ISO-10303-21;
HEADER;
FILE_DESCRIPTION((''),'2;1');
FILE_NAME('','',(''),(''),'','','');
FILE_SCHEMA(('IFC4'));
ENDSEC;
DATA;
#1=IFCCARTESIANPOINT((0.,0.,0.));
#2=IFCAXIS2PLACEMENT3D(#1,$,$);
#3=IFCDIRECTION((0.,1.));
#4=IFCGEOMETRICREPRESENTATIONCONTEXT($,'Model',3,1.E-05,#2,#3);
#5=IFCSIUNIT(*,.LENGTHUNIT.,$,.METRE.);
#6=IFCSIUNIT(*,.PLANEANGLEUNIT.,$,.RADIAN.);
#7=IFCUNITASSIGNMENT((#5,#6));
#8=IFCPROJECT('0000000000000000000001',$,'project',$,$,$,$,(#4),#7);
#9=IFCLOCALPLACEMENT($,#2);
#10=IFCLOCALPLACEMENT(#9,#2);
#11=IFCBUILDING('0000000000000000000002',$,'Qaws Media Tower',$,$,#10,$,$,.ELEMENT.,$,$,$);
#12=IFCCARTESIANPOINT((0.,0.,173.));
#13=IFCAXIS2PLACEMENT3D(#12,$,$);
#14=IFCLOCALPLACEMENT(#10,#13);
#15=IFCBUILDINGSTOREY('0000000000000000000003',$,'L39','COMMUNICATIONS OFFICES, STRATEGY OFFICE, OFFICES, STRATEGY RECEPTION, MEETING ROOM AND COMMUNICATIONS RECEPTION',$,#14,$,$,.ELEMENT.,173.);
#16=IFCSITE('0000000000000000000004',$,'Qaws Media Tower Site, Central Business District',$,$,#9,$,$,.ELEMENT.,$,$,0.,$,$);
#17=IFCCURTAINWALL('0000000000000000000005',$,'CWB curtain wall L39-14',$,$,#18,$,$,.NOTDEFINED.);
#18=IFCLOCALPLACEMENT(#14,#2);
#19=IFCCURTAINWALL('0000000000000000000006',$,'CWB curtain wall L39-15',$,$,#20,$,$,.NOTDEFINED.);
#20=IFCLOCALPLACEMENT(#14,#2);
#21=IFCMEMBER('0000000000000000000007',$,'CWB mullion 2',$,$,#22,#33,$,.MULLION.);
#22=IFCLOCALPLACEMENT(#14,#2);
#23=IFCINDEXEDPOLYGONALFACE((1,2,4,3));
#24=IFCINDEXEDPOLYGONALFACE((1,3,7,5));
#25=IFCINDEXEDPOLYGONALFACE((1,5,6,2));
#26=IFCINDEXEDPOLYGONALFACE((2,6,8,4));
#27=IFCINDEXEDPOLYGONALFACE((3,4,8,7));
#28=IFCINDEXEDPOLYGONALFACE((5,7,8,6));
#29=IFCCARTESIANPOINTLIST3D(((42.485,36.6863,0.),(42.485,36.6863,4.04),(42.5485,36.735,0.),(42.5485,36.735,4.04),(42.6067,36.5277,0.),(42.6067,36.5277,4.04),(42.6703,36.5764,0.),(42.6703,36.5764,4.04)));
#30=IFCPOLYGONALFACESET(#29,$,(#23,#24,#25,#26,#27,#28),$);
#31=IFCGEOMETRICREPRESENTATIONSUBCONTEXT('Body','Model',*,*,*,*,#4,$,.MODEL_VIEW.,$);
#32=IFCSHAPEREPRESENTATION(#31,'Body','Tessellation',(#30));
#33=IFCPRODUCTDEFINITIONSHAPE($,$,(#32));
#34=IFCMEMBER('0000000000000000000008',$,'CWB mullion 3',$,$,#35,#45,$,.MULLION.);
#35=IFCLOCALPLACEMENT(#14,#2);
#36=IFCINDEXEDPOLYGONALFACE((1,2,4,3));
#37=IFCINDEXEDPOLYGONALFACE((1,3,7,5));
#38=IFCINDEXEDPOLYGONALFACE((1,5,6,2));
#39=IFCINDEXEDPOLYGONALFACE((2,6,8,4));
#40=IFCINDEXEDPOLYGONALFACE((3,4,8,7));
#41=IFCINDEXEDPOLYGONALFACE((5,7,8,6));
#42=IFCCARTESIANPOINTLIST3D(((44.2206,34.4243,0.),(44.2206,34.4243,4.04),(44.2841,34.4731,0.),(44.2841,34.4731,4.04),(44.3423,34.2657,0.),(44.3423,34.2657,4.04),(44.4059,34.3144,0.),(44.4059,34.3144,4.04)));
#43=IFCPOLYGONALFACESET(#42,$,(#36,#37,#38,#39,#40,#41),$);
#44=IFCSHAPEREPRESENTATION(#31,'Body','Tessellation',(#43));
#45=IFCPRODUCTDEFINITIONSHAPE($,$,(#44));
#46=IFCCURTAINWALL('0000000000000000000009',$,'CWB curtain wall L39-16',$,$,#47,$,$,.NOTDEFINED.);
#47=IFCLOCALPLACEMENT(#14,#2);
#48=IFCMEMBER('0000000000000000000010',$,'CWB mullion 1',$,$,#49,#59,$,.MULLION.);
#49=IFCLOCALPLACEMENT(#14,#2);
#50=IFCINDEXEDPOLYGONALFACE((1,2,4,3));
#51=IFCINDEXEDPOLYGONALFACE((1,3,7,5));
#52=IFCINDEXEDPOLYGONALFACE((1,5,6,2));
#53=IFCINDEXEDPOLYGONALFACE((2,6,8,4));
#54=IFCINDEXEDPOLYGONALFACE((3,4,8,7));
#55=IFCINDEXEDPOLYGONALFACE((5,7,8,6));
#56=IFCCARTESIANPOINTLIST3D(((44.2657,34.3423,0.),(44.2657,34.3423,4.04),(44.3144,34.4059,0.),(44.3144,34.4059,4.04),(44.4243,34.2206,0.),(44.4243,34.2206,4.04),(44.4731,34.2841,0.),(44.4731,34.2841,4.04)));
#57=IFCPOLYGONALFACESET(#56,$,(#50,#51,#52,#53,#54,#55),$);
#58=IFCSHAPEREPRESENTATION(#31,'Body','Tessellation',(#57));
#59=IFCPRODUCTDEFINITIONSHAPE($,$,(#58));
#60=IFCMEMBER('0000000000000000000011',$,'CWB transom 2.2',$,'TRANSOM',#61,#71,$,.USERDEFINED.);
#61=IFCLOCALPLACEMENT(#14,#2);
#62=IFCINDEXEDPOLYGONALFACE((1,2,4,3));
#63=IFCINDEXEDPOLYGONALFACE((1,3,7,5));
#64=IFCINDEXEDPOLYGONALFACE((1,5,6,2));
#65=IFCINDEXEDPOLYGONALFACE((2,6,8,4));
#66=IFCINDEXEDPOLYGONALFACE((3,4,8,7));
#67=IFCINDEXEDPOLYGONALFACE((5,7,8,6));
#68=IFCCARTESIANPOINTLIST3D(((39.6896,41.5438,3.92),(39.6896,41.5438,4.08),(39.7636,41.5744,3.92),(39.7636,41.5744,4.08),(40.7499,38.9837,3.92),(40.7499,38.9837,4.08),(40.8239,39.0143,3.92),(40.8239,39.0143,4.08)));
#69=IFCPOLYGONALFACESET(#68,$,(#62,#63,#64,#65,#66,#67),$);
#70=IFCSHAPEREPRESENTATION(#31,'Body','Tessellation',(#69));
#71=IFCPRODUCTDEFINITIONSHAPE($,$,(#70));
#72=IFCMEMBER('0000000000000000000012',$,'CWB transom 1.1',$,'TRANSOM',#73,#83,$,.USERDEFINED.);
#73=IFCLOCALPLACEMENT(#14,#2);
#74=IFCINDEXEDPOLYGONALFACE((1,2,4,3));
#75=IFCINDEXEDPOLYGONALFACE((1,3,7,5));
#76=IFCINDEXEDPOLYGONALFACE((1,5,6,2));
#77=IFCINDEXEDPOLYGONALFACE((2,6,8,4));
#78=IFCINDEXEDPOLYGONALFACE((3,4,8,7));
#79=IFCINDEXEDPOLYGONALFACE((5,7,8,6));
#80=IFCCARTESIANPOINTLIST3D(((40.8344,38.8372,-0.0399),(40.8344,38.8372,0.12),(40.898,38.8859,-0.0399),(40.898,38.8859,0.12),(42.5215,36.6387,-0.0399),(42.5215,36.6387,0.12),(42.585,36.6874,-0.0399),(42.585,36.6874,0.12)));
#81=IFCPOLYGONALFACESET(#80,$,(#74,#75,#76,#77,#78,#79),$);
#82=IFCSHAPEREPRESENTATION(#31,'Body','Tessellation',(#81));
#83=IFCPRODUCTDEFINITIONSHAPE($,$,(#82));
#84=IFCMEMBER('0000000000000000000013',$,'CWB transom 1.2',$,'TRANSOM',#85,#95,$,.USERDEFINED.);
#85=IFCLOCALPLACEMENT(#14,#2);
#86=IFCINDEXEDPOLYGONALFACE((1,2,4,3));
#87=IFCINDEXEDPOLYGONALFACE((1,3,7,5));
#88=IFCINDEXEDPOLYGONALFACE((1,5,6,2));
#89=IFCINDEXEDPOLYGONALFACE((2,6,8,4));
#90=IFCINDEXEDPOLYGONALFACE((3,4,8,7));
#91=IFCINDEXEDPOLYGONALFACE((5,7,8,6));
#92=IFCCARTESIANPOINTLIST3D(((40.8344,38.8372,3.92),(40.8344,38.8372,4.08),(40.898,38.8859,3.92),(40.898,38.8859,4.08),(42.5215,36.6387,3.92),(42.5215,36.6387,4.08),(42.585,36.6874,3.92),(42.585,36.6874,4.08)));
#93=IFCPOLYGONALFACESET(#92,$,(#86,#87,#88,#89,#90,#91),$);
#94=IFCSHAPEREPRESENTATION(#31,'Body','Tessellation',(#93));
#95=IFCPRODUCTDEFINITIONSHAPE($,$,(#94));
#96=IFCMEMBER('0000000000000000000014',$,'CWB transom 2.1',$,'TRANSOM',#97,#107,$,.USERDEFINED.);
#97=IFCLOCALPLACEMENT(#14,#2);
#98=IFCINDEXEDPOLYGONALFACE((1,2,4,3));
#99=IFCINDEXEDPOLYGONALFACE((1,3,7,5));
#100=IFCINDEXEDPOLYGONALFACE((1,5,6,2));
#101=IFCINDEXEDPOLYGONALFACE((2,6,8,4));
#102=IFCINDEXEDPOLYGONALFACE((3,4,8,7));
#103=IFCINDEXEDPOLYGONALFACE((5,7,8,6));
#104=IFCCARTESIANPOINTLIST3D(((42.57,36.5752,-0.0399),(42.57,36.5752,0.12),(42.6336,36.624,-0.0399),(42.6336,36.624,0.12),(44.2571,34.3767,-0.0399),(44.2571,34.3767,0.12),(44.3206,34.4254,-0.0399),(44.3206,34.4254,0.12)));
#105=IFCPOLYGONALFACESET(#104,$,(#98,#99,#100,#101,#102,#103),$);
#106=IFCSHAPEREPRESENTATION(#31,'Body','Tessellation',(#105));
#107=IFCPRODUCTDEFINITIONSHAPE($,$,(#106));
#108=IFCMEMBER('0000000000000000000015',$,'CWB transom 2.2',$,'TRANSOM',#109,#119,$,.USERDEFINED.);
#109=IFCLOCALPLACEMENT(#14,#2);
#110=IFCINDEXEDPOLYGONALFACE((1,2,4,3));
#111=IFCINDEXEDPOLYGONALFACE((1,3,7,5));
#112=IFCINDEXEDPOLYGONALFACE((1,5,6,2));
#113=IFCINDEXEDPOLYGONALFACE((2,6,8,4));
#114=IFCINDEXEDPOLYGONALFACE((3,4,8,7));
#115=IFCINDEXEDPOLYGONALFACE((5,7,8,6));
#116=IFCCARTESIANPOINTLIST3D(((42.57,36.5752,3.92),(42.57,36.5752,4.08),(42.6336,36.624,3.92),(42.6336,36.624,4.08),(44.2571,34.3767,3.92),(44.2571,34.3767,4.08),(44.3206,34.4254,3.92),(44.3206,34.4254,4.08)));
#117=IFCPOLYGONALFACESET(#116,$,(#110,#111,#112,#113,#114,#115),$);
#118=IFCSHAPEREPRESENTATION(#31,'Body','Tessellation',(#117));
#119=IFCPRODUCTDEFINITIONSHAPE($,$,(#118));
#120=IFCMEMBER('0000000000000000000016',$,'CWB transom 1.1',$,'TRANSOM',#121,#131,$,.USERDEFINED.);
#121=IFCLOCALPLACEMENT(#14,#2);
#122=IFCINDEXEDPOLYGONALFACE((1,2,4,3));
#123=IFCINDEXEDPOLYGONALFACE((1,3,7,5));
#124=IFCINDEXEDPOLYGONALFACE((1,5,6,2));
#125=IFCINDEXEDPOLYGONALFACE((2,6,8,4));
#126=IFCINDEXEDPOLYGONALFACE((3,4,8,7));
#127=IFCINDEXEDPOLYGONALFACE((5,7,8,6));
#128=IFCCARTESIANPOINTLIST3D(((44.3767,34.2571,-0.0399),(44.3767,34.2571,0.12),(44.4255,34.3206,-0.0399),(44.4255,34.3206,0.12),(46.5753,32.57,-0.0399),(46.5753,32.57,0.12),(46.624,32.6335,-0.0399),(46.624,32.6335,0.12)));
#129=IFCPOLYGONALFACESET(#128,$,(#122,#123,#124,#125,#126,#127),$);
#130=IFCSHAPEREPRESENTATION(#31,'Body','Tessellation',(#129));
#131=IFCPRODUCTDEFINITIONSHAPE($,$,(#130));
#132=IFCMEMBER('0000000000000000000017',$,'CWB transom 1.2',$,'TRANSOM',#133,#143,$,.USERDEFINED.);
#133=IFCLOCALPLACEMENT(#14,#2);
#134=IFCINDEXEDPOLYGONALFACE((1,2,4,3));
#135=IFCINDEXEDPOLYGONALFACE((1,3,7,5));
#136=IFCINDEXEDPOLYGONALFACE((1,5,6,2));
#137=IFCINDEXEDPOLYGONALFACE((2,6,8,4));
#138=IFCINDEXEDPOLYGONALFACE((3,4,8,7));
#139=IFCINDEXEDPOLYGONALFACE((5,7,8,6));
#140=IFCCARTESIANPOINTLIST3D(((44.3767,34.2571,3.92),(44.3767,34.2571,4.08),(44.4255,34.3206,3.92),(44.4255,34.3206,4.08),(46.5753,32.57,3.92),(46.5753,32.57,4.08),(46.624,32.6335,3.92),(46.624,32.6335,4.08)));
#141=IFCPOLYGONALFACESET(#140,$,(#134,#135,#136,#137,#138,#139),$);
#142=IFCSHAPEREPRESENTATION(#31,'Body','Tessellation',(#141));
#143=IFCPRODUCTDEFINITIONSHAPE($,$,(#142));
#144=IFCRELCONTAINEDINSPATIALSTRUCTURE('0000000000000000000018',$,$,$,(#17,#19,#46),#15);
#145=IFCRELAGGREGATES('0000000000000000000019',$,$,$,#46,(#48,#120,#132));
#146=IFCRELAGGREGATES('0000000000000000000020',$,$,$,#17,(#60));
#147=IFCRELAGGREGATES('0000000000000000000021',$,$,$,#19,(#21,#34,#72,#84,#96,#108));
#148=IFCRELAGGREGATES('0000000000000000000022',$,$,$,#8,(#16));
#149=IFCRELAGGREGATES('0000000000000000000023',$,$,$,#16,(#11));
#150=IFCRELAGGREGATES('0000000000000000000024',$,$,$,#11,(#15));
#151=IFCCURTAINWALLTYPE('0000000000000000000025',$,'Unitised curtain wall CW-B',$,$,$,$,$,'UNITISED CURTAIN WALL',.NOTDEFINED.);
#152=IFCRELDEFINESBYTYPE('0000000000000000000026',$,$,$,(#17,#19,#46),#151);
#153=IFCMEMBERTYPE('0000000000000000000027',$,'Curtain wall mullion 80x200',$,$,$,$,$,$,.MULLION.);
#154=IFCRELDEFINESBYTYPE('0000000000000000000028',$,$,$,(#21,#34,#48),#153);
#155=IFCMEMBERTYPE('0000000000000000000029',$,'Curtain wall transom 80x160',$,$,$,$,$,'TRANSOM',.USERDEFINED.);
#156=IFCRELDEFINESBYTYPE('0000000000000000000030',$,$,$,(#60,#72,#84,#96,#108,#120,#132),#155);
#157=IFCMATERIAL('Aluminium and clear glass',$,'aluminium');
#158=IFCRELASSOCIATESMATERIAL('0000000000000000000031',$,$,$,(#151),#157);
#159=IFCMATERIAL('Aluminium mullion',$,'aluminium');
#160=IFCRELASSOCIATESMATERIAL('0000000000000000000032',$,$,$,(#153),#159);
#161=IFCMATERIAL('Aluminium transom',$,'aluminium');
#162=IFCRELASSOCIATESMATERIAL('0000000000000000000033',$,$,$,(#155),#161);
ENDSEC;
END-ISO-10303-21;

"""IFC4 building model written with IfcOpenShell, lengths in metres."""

from ifc_helpers import new_model, si_unit, direction, frame, origin, origin_2d, place, context, subcontext, project, spatial, rectangle, extrude, material, material_profile, profile_set, type_object, element, aggregate, save


model = new_model("IFC4")

# Units and contexts
model_context = context("Model", 3, precision=1e-05, world=origin(), true_north=direction((0.0, 1.0)))
body_context = subcontext(model_context, "Body", "Model", "MODEL_VIEW")
ifc_project = project(units=[si_unit("LENGTHUNIT", "METRE"), si_unit("PLANEANGLEUNIT", "RADIAN")], contexts=[model_context])

# Site, building, storey
site_placement = place(None, origin())
site = spatial("IfcSite", under=ifc_project, at=site_placement, Name="Qaws Media Tower Site, Central Business District", CompositionType="ELEMENT", RefElevation=0.0)
building_placement = place(site_placement, origin())
building = spatial("IfcBuilding", under=site, at=building_placement, Name="Qaws Media Tower", CompositionType="ELEMENT")
storey_placement = place(building_placement, frame((0.0, 0.0, 173.0)))
storey = spatial("IfcBuildingStorey", under=building, at=storey_placement, Name="L39", Description="COMMUNICATIONS OFFICES, STRATEGY OFFICE, OFFICES, STRATEGY RECEPTION, MEETING ROOM AND COMMUNICATIONS RECEPTION", CompositionType="ELEMENT", Elevation=173.0)

# Curtain wall
ifc_material_1 = material(Name="Aluminium and clear glass", Category="aluminium")
curtain_wall_type = type_object("IfcCurtainWallType", Name="Unitised curtain wall CW-B", ElementType="UNITISED CURTAIN WALL", PredefinedType="NOTDEFINED", material=ifc_material_1)
curtain_wall_1_placement = place(storey_placement, origin())
curtain_wall_1 = element("IfcCurtainWall", 1, at=curtain_wall_1_placement, inside=storey, type_object=curtain_wall_type, Name="CWB curtain wall L39-14", PredefinedType="NOTDEFINED")
ifc_material_2 = material(Name="Aluminium mullion", Category="aluminium")
ifc_material_profile_1 = material_profile(ifc_material_2, rectangle(XDim=0.0801, YDim=0.2, at=origin_2d()), Name="80x200")
ifc_profile_set_1 = profile_set([ifc_material_profile_1], Name="Aluminium mullion")
member_type_1 = type_object("IfcMemberType", Name="Curtain wall mullion 80x200", PredefinedType="MULLION", material=ifc_profile_set_1)

# Curtain wall, members
curtain_wall_2_placement = place(storey_placement, origin())
curtain_wall_2 = element("IfcCurtainWall", 2, at=curtain_wall_2_placement, inside=storey, type_object=curtain_wall_type, Name="CWB curtain wall L39-15", PredefinedType="NOTDEFINED")
member_1_placement = place(storey_placement, frame((42.5776, 36.6313, 0.0), z_axis=(0.0, 0.0, 1.0), x_axis=(0.793353, 0.608762, 0.0)))
member_1 = element("IfcMember", 3, at=member_1_placement, type_object=member_type_1, Name="CWB mullion 2", PredefinedType="MULLION", context=body_context, shape_type="SweptSolid", body=[
    extrude(rectangle(XDim=0.0801, YDim=0.2, at=origin_2d()), origin(), (0.0, 0.0, 1.0), 4.04),
])
member_2_placement = place(storey_placement, frame((44.3132, 34.3694, 0.0), z_axis=(0.0, 0.0, 1.0), x_axis=(0.793353, 0.608762, 0.0)))
member_2 = element("IfcMember", 4, at=member_2_placement, type_object=member_type_1, Name="CWB mullion 3", PredefinedType="MULLION", context=body_context, shape_type="SweptSolid", body=[
    extrude(rectangle(XDim=0.0801, YDim=0.2, at=origin_2d()), origin(), (0.0, 0.0, 1.0), 4.04),
])

# Curtain wall, member
curtain_wall_3_placement = place(storey_placement, origin())
curtain_wall_3 = element("IfcCurtainWall", 5, at=curtain_wall_3_placement, inside=storey, type_object=curtain_wall_type, Name="CWB curtain wall L39-16", PredefinedType="NOTDEFINED")
member_3_placement = place(storey_placement, frame((44.3694, 34.3132, 0.0), z_axis=(0.0, 0.0, 1.0), x_axis=(0.608762, 0.793353, 0.0)))
member_3 = element("IfcMember", 6, at=member_3_placement, type_object=member_type_1, Name="CWB mullion 1", PredefinedType="MULLION", context=body_context, shape_type="SweptSolid", body=[
    extrude(rectangle(XDim=0.0801, YDim=0.2, at=origin_2d()), origin(), (0.0, 0.0, 1.0), 4.04),
])

# Members
ifc_material_3 = material(Name="Aluminium transom", Category="aluminium")
ifc_material_profile_2 = material_profile(ifc_material_3, rectangle(XDim=0.0801, YDim=0.1599, at=origin_2d()), Name="80x160")
ifc_profile_set_2 = profile_set([ifc_material_profile_2], Name="Aluminium transom")
member_type_2 = type_object("IfcMemberType", Name="Curtain wall transom 80x160", ElementType="TRANSOM", PredefinedType="USERDEFINED", material=ifc_profile_set_2)
member_4_placement = place(storey_placement, frame((39.7266, 41.5591, 4.0), z_axis=(0.38265, -0.923893, 0.0), x_axis=(0.923893, 0.38265, 0.0)))
member_4 = element("IfcMember", 7, at=member_4_placement, type_object=member_type_2, Name="CWB transom 2.2", ObjectType="TRANSOM", PredefinedType="USERDEFINED", context=body_context, shape_type="SweptSolid", body=[
    extrude(rectangle(XDim=0.0801, YDim=0.1599, at=origin_2d()), origin(), (0.0, 0.0, 1.0), 2.771),
])
member_5_placement = place(storey_placement, frame((40.8662, 38.8616, 0.04), z_axis=(0.608774, -0.793344, 0.0), x_axis=(0.793344, 0.608774, 0.0)))
member_5 = element("IfcMember", 8, at=member_5_placement, type_object=member_type_2, Name="CWB transom 1.1", ObjectType="TRANSOM", PredefinedType="USERDEFINED", context=body_context, shape_type="SweptSolid", body=[
    extrude(rectangle(XDim=0.0801, YDim=0.1599, at=origin_2d()), origin(), (0.0, 0.0, 1.0), 2.7712),
])
member_6_placement = place(storey_placement, frame((40.8662, 38.8616, 4.0), z_axis=(0.608774, -0.793344, 0.0), x_axis=(0.793344, 0.608774, 0.0)))
member_6 = element("IfcMember", 9, at=member_6_placement, type_object=member_type_2, Name="CWB transom 1.2", ObjectType="TRANSOM", PredefinedType="USERDEFINED", context=body_context, shape_type="SweptSolid", body=[
    extrude(rectangle(XDim=0.0801, YDim=0.1599, at=origin_2d()), origin(), (0.0, 0.0, 1.0), 2.7712),
])
member_7_placement = place(storey_placement, frame((42.6018, 36.5996, 0.04), z_axis=(0.608774, -0.793344, 0.0), x_axis=(0.793344, 0.608774, 0.0)))
member_7 = element("IfcMember", 10, at=member_7_placement, type_object=member_type_2, Name="CWB transom 2.1", ObjectType="TRANSOM", PredefinedType="USERDEFINED", context=body_context, shape_type="SweptSolid", body=[
    extrude(rectangle(XDim=0.0801, YDim=0.1599, at=origin_2d()), origin(), (0.0, 0.0, 1.0), 2.7712),
])
member_8_placement = place(storey_placement, frame((42.6018, 36.5996, 4.0), z_axis=(0.608774, -0.793344, 0.0), x_axis=(0.793344, 0.608774, 0.0)))
member_8 = element("IfcMember", 11, at=member_8_placement, type_object=member_type_2, Name="CWB transom 2.2", ObjectType="TRANSOM", PredefinedType="USERDEFINED", context=body_context, shape_type="SweptSolid", body=[
    extrude(rectangle(XDim=0.0801, YDim=0.1599, at=origin_2d()), origin(), (0.0, 0.0, 1.0), 2.7712),
])
member_9_placement = place(storey_placement, frame((44.4011, 34.2888, 0.04), z_axis=(0.793344, -0.608774, 0.0), x_axis=(0.608774, 0.793344, 0.0)))
member_9 = element("IfcMember", 12, at=member_9_placement, type_object=member_type_2, Name="CWB transom 1.1", ObjectType="TRANSOM", PredefinedType="USERDEFINED", context=body_context, shape_type="SweptSolid", body=[
    extrude(rectangle(XDim=0.0801, YDim=0.1599, at=origin_2d()), origin(), (0.0, 0.0, 1.0), 2.7712),
])
member_10_placement = place(storey_placement, frame((44.4011, 34.2888, 4.0), z_axis=(0.793344, -0.608774, 0.0), x_axis=(0.608774, 0.793344, 0.0)))
member_10 = element("IfcMember", 13, at=member_10_placement, type_object=member_type_2, Name="CWB transom 1.2", ObjectType="TRANSOM", PredefinedType="USERDEFINED", context=body_context, shape_type="SweptSolid", body=[
    extrude(rectangle(XDim=0.0801, YDim=0.1599, at=origin_2d()), origin(), (0.0, 0.0, 1.0), 2.7712),
])
aggregate(curtain_wall_3, [member_3, member_9, member_10])

aggregate(curtain_wall_1, [member_4])
aggregate(curtain_wall_2, [member_1, member_2, member_5, member_6, member_7, member_8])

save(model, "model.ifc")
